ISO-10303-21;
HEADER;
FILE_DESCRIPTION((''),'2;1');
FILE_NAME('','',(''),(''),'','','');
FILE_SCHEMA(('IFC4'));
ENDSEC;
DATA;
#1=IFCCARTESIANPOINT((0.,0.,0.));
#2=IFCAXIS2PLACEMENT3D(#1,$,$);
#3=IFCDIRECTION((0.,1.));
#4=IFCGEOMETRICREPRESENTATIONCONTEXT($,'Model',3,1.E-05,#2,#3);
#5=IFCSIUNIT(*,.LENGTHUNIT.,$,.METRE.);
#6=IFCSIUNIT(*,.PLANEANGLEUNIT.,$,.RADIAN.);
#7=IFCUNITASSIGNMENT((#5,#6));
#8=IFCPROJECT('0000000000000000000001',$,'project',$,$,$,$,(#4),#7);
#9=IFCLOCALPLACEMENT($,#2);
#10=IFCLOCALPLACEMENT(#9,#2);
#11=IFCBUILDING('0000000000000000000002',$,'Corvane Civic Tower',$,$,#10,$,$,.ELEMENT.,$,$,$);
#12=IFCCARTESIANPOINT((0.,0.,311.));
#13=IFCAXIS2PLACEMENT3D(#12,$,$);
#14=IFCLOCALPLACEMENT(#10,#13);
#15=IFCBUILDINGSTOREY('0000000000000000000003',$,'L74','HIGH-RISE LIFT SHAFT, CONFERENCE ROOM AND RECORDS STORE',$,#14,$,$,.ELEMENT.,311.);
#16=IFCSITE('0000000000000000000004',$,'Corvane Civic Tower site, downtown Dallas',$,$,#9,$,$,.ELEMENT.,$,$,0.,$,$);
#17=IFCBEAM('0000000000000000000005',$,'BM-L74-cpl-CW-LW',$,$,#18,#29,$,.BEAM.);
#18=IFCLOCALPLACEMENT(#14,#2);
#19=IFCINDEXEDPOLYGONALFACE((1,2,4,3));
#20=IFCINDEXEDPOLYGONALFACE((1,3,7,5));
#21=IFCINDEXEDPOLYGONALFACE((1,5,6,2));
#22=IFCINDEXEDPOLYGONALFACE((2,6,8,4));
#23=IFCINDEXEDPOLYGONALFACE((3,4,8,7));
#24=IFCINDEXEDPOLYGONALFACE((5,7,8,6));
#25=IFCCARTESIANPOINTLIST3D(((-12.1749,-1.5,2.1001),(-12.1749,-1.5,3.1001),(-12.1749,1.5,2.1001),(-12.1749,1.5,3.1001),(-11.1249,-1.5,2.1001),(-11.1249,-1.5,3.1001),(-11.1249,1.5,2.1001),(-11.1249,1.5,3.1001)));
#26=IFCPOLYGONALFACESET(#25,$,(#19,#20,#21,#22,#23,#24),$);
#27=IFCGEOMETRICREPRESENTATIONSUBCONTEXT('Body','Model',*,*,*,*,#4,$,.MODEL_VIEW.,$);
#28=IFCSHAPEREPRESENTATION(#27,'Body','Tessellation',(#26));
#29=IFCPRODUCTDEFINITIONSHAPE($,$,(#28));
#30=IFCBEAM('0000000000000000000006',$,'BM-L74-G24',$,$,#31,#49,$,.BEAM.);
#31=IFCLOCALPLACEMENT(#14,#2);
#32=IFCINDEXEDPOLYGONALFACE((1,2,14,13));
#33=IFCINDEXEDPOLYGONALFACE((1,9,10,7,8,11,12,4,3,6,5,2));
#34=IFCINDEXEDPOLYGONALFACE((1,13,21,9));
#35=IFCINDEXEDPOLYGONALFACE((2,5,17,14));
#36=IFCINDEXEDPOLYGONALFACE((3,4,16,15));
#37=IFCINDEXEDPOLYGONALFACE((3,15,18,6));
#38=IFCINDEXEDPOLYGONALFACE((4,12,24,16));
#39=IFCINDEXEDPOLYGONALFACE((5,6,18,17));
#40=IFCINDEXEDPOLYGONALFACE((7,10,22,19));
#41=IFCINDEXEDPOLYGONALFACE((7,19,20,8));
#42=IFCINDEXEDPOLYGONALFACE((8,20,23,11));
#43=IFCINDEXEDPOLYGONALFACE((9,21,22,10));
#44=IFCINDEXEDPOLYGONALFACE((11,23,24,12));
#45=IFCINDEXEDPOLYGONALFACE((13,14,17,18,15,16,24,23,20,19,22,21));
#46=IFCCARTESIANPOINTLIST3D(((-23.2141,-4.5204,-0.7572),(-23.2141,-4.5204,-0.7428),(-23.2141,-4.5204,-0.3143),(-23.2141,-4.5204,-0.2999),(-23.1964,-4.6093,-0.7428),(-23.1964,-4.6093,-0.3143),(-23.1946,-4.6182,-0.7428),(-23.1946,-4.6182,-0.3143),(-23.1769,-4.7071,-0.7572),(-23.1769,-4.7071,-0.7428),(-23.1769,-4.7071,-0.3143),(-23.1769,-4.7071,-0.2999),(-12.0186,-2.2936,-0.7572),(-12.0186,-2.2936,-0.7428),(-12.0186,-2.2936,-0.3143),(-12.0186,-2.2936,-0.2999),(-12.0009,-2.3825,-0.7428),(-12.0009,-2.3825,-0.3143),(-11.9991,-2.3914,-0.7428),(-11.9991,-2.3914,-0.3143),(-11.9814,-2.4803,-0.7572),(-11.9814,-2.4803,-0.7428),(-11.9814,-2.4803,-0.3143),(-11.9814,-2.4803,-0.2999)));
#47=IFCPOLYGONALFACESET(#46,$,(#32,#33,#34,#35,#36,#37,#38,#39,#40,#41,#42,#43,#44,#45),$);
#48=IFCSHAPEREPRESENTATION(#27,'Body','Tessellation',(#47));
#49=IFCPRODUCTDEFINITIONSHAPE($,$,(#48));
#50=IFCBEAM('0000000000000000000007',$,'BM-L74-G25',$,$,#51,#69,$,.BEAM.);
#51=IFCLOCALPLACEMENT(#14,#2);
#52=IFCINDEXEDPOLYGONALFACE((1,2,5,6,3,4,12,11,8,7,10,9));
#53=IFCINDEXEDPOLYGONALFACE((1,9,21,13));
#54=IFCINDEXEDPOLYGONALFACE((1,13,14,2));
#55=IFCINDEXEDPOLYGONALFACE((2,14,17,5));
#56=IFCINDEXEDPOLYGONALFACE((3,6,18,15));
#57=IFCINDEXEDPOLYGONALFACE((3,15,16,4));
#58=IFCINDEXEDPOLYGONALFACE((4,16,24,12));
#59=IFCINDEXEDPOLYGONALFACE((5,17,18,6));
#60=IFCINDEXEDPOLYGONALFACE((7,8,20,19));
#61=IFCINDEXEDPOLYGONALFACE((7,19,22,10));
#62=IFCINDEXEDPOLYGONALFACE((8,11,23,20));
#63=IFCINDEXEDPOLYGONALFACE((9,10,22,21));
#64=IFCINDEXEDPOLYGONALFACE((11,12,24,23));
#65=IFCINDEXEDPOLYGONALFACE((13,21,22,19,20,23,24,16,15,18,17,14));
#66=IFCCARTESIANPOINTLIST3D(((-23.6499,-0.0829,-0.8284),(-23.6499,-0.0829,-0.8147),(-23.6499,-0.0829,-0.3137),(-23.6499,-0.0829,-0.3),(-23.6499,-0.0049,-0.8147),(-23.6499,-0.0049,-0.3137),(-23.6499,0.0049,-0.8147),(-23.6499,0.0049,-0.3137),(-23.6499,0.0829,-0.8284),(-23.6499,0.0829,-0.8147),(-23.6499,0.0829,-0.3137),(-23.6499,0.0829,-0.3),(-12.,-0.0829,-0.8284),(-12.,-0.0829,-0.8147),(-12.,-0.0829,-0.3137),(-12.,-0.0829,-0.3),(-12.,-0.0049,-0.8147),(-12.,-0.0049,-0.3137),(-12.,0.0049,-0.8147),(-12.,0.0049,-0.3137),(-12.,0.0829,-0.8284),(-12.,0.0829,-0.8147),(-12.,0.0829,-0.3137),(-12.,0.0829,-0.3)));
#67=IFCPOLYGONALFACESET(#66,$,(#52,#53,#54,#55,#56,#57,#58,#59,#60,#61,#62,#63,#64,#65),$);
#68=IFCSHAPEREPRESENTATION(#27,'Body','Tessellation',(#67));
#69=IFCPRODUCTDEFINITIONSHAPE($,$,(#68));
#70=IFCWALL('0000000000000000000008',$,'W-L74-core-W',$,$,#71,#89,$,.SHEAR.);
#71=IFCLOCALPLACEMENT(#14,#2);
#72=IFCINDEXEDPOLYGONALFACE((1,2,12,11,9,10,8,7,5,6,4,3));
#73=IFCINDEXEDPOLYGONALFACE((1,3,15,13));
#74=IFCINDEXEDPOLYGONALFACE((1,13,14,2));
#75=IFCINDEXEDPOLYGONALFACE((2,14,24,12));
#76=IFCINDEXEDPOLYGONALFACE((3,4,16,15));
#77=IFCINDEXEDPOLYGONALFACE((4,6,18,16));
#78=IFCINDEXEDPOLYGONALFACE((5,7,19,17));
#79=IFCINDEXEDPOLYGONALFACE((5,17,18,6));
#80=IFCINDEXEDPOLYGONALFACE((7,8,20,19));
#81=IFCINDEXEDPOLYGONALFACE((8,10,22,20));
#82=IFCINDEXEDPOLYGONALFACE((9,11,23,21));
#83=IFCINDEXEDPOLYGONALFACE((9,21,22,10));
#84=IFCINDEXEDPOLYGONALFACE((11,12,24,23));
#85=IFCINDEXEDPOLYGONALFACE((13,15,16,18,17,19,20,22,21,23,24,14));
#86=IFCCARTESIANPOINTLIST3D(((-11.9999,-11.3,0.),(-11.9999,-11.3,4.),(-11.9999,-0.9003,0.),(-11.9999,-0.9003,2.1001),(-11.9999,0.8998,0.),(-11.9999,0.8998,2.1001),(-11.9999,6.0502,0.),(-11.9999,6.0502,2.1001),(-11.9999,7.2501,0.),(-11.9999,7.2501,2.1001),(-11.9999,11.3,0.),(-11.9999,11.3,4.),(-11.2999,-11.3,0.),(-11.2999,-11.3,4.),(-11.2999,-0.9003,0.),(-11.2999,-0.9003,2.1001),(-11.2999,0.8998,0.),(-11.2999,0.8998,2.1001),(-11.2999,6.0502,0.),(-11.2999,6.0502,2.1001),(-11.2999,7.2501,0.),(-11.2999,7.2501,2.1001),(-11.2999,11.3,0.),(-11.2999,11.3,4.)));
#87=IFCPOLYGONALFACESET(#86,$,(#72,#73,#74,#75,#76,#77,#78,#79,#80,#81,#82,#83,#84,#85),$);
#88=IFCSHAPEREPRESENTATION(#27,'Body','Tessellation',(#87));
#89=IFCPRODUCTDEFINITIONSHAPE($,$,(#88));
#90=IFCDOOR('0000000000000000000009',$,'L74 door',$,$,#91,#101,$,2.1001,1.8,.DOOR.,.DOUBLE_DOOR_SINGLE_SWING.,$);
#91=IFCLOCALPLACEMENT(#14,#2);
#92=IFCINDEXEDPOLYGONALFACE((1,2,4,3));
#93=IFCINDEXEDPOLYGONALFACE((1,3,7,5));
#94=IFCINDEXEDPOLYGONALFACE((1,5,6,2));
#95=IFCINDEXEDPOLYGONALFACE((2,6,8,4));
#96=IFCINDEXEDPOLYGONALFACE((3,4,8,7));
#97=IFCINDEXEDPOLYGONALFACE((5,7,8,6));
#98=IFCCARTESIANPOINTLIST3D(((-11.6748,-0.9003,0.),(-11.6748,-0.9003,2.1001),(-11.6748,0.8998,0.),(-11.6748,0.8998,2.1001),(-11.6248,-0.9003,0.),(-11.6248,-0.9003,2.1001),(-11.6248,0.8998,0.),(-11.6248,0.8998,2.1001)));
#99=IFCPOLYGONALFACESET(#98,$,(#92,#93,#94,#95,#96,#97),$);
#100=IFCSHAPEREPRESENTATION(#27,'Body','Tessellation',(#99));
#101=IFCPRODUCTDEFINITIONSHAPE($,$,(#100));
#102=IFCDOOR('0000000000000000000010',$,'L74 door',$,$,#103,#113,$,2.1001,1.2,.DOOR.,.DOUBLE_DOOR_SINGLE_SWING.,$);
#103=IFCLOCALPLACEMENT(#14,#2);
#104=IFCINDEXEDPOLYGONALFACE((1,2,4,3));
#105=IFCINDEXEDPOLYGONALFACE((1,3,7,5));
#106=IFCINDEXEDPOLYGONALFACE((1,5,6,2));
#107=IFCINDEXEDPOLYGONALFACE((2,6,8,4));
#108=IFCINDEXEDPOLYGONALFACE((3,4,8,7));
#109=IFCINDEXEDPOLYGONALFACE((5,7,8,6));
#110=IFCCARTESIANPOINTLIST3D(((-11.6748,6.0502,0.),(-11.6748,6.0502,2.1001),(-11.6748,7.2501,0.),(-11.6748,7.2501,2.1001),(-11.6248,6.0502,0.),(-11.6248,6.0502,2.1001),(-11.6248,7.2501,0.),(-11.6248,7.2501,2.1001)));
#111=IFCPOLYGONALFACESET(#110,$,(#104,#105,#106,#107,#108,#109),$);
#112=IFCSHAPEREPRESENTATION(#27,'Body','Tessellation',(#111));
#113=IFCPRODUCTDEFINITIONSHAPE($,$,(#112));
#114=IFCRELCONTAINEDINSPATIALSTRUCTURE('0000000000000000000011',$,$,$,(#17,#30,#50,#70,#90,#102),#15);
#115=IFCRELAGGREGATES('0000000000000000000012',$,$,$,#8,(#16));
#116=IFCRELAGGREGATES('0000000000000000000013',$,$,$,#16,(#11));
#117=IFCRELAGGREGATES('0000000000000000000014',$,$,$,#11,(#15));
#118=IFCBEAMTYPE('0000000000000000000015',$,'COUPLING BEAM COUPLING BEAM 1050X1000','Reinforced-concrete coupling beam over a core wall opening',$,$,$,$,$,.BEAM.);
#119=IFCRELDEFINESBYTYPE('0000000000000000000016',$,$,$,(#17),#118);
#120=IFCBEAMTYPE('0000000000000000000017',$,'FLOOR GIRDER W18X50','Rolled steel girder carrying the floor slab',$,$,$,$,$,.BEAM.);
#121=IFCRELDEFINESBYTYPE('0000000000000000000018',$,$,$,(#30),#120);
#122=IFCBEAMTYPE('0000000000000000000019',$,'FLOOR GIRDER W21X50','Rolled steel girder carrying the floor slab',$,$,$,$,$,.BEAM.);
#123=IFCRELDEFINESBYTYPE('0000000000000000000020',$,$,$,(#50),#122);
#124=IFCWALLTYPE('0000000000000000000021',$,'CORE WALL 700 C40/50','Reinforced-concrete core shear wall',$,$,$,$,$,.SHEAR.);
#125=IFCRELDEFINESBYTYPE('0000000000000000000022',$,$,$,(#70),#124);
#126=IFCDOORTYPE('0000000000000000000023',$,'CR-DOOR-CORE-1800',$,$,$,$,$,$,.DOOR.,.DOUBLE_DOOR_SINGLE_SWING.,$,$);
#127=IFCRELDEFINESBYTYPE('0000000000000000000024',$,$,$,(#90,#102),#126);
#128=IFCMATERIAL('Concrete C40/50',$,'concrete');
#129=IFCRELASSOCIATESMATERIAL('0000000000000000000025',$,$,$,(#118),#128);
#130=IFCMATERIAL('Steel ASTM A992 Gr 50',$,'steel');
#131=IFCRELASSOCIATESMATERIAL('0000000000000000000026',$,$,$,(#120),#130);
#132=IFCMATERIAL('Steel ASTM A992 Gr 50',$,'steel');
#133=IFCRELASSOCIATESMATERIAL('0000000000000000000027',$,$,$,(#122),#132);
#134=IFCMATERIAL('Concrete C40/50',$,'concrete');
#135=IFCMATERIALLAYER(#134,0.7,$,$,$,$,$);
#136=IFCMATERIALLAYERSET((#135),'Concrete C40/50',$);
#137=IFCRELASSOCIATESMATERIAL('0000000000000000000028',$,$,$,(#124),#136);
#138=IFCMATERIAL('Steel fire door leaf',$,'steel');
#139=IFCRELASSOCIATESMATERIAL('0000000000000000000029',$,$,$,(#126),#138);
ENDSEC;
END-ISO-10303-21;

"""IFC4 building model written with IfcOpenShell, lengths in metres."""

from ifc_helpers import new_model, si_unit, direction, frame, frame_2d, origin, origin_2d, place, context, subcontext, project, spatial, rectangle, i_section, extrude, material, layer, layer_set, material_profile, profile_set, type_object, element, fill, save


model = new_model("IFC4")

# Units and contexts
model_context = context("Model", 3, precision=1e-05, world=origin(), true_north=direction((0.0, 1.0)))
body_context = subcontext(model_context, "Body", "Model", "MODEL_VIEW")
ifc_project = project(units=[si_unit("LENGTHUNIT", "METRE"), si_unit("PLANEANGLEUNIT", "RADIAN")], contexts=[model_context])

# Site, building, storey
site_placement = place(None, origin())
site = spatial("IfcSite", under=ifc_project, at=site_placement, Name="Corvane Civic Tower site, downtown Dallas", CompositionType="ELEMENT", RefElevation=0.0)
building_placement = place(site_placement, origin())
building = spatial("IfcBuilding", under=site, at=building_placement, Name="Corvane Civic Tower", CompositionType="ELEMENT")
storey_placement = place(building_placement, frame((0.0, 0.0, 311.0)))
storey = spatial("IfcBuildingStorey", under=building, at=storey_placement, Name="L74", Description="HIGH-RISE LIFT SHAFT, CONFERENCE ROOM AND RECORDS STORE", CompositionType="ELEMENT", Elevation=311.0)

# Beams
ifc_material_1 = material(Name="Concrete C40/50", Category="concrete")
ifc_material_profile_1 = material_profile(ifc_material_1, rectangle(XDim=1.05, YDim=1.0, at=origin_2d()), Name="COUPLING BEAM 1050X1000")
ifc_profile_set_1 = profile_set([ifc_material_profile_1], Name="Concrete C40/50")
beam_type_1 = type_object("IfcBeamType", Name="COUPLING BEAM COUPLING BEAM 1050X1000", Description="Reinforced-concrete coupling beam over a core wall opening", PredefinedType="BEAM", material=ifc_profile_set_1)
beam_1_placement = place(storey_placement, frame((-11.6499, -1.5, 2.6001), z_axis=(0.0, 1.0, 0.0), x_axis=(-1.0, 0.0, 0.0)))
element("IfcBeam", 1, at=beam_1_placement, inside=storey, type_object=beam_type_1, Name="BM-L74-cpl-CW-LW", PredefinedType="BEAM", context=body_context, shape_type="SweptSolid", body=[
    extrude(rectangle(XDim=1.05, YDim=1.0, at=origin_2d()), origin(), (0.0, 0.0, 1.0), 3.0),
])
ifc_material_2 = material(Name="Steel ASTM A992 Gr 50", Category="steel")
ifc_material_profile_2 = material_profile(ifc_material_2, i_section(OverallWidth=0.1904, OverallDepth=0.4573, WebThickness=0.009, FlangeThickness=0.0144, at=origin_2d()), Name="W18X50")
ifc_profile_set_2 = profile_set([ifc_material_profile_2], Name="Steel ASTM A992 Gr 50")
beam_type_2 = type_object("IfcBeamType", Name="FLOOR GIRDER W18X50", Description="Rolled steel girder carrying the floor slab", PredefinedType="BEAM", material=ifc_profile_set_2)
beam_2_placement = place(storey_placement, frame((-12.0, -2.387, -0.5286), z_axis=(-0.980787, -0.19508, 0.0), x_axis=(0.19508, -0.980787, 0.0)))
element("IfcBeam", 2, at=beam_2_placement, inside=storey, type_object=beam_type_2, Name="BM-L74-G24", PredefinedType="BEAM", context=body_context, shape_type="SweptSolid", body=[
    extrude(i_section(OverallWidth=0.1904, OverallDepth=0.4573, WebThickness=0.009, FlangeThickness=0.0144, at=origin_2d()), origin(), (0.0, 0.0, 1.0), 11.4148),
])
ifc_material_3 = material(Name="Steel ASTM A992 Gr 50", Category="steel")
ifc_material_profile_3 = material_profile(ifc_material_3, i_section(OverallWidth=0.1658, OverallDepth=0.5283, WebThickness=0.0098, FlangeThickness=0.0137, at=origin_2d()), Name="W21X50")
ifc_profile_set_3 = profile_set([ifc_material_profile_3], Name="Steel ASTM A992 Gr 50")
beam_type_3 = type_object("IfcBeamType", Name="FLOOR GIRDER W21X50", Description="Rolled steel girder carrying the floor slab", PredefinedType="BEAM", material=ifc_profile_set_3)
beam_3_placement = place(storey_placement, frame((-12.0, 0.0, -0.5642), z_axis=(-1.0, 0.0, 0.0), x_axis=(0.0, -1.0, 0.0)))
element("IfcBeam", 3, at=beam_3_placement, inside=storey, type_object=beam_type_3, Name="BM-L74-G25", PredefinedType="BEAM", context=body_context, shape_type="SweptSolid", body=[
    extrude(i_section(OverallWidth=0.1658, OverallDepth=0.5283, WebThickness=0.0098, FlangeThickness=0.0137, at=origin_2d()), origin(), (0.0, 0.0, 1.0), 11.6499),
])

# Wall, openings, doors
ifc_material_4 = material(Name="Concrete C40/50", Category="concrete")
ifc_layer_1 = layer(ifc_material_4, 0.7)
ifc_layer_set_1 = layer_set([ifc_layer_1], Name="Concrete C40/50")
wall_type_1 = type_object("IfcWallType", Name="CORE WALL 700 C40/50", Description="Reinforced-concrete core shear wall", PredefinedType="SHEAR", material=ifc_layer_set_1)
wall_1_placement = place(storey_placement, frame((-11.6499, -11.3, 0.0), z_axis=(0.0, 0.0, 1.0), x_axis=(0.0, 1.0, 0.0)))
wall_1 = element("IfcWall", 4, at=wall_1_placement, inside=storey, type_object=wall_type_1, Name="W-L74-core-W", PredefinedType="SHEAR", context=body_context, shape_type="SweptSolid", body=[
    extrude(rectangle(XDim=22.6001, YDim=0.7, at=frame_2d((11.3, 0.0))), origin(), (0.0, 0.0, 1.0), 4.0),
])
opening_1_placement = place(wall_1_placement, frame((10.3999, 0.0, 0.0)))
opening_1 = element("IfcOpeningElement", 5, at=opening_1_placement, cuts=wall_1, PredefinedType="OPENING", context=body_context, shape_type="SweptSolid", body=[
    extrude(rectangle(XDim=1.8, YDim=2.1001, at=frame_2d((0.8999, 1.05))), frame((0.0, 0.3599, 0.0), z_axis=(0.0, -1.0, 0.0), x_axis=(1.0, 0.0, 0.0)), (0.0, 0.0, 1.0), 0.72),
])
opening_2_placement = place(wall_1_placement, frame((17.3501, 0.0, 0.0)))
opening_2 = element("IfcOpeningElement", 6, at=opening_2_placement, cuts=wall_1, PredefinedType="OPENING", context=body_context, shape_type="SweptSolid", body=[
    extrude(rectangle(XDim=1.2, YDim=2.1001, at=frame_2d((0.6001, 1.05))), frame((0.0, 0.3599, 0.0), z_axis=(0.0, -1.0, 0.0), x_axis=(1.0, 0.0, 0.0)), (0.0, 0.0, 1.0), 0.72),
])
ifc_material_5 = material(Name="Steel fire door leaf", Category="steel")
door_type_1 = type_object("IfcDoorType", Name="CR-DOOR-CORE-1800", OperationType="DOUBLE_DOOR_SINGLE_SWING", PredefinedType="DOOR", material=ifc_material_5)
door_1_placement = place(opening_1_placement, origin())
door_1 = element("IfcDoor", 7, at=door_1_placement, inside=storey, type_object=door_type_1, Name="L74 door", OperationType="DOUBLE_DOOR_SINGLE_SWING", OverallHeight=2.1001, OverallWidth=1.8, PredefinedType="DOOR", context=body_context, shape_type="SweptSolid", body=[
    extrude(rectangle(XDim=1.8, YDim=2.1001, at=frame_2d((0.8999, 1.05))), frame((0.0, 0.0249, 0.0), z_axis=(0.0, -1.0, 0.0), x_axis=(1.0, 0.0, 0.0)), (0.0, 0.0, 1.0), 0.05),
])
fill(opening_1, door_1)
door_2_placement = place(opening_2_placement, origin())
door_2 = element("IfcDoor", 8, at=door_2_placement, inside=storey, type_object=door_type_1, Name="L74 door", OperationType="DOUBLE_DOOR_SINGLE_SWING", OverallHeight=2.1001, OverallWidth=1.2, PredefinedType="DOOR", context=body_context, shape_type="SweptSolid", body=[
    extrude(rectangle(XDim=1.2, YDim=2.1001, at=frame_2d((0.6001, 1.05))), frame((0.0, 0.0249, 0.0), z_axis=(0.0, -1.0, 0.0), x_axis=(1.0, 0.0, 0.0)), (0.0, 0.0, 1.0), 0.05),
])
fill(opening_2, door_2)

save(model, "model.ifc")
